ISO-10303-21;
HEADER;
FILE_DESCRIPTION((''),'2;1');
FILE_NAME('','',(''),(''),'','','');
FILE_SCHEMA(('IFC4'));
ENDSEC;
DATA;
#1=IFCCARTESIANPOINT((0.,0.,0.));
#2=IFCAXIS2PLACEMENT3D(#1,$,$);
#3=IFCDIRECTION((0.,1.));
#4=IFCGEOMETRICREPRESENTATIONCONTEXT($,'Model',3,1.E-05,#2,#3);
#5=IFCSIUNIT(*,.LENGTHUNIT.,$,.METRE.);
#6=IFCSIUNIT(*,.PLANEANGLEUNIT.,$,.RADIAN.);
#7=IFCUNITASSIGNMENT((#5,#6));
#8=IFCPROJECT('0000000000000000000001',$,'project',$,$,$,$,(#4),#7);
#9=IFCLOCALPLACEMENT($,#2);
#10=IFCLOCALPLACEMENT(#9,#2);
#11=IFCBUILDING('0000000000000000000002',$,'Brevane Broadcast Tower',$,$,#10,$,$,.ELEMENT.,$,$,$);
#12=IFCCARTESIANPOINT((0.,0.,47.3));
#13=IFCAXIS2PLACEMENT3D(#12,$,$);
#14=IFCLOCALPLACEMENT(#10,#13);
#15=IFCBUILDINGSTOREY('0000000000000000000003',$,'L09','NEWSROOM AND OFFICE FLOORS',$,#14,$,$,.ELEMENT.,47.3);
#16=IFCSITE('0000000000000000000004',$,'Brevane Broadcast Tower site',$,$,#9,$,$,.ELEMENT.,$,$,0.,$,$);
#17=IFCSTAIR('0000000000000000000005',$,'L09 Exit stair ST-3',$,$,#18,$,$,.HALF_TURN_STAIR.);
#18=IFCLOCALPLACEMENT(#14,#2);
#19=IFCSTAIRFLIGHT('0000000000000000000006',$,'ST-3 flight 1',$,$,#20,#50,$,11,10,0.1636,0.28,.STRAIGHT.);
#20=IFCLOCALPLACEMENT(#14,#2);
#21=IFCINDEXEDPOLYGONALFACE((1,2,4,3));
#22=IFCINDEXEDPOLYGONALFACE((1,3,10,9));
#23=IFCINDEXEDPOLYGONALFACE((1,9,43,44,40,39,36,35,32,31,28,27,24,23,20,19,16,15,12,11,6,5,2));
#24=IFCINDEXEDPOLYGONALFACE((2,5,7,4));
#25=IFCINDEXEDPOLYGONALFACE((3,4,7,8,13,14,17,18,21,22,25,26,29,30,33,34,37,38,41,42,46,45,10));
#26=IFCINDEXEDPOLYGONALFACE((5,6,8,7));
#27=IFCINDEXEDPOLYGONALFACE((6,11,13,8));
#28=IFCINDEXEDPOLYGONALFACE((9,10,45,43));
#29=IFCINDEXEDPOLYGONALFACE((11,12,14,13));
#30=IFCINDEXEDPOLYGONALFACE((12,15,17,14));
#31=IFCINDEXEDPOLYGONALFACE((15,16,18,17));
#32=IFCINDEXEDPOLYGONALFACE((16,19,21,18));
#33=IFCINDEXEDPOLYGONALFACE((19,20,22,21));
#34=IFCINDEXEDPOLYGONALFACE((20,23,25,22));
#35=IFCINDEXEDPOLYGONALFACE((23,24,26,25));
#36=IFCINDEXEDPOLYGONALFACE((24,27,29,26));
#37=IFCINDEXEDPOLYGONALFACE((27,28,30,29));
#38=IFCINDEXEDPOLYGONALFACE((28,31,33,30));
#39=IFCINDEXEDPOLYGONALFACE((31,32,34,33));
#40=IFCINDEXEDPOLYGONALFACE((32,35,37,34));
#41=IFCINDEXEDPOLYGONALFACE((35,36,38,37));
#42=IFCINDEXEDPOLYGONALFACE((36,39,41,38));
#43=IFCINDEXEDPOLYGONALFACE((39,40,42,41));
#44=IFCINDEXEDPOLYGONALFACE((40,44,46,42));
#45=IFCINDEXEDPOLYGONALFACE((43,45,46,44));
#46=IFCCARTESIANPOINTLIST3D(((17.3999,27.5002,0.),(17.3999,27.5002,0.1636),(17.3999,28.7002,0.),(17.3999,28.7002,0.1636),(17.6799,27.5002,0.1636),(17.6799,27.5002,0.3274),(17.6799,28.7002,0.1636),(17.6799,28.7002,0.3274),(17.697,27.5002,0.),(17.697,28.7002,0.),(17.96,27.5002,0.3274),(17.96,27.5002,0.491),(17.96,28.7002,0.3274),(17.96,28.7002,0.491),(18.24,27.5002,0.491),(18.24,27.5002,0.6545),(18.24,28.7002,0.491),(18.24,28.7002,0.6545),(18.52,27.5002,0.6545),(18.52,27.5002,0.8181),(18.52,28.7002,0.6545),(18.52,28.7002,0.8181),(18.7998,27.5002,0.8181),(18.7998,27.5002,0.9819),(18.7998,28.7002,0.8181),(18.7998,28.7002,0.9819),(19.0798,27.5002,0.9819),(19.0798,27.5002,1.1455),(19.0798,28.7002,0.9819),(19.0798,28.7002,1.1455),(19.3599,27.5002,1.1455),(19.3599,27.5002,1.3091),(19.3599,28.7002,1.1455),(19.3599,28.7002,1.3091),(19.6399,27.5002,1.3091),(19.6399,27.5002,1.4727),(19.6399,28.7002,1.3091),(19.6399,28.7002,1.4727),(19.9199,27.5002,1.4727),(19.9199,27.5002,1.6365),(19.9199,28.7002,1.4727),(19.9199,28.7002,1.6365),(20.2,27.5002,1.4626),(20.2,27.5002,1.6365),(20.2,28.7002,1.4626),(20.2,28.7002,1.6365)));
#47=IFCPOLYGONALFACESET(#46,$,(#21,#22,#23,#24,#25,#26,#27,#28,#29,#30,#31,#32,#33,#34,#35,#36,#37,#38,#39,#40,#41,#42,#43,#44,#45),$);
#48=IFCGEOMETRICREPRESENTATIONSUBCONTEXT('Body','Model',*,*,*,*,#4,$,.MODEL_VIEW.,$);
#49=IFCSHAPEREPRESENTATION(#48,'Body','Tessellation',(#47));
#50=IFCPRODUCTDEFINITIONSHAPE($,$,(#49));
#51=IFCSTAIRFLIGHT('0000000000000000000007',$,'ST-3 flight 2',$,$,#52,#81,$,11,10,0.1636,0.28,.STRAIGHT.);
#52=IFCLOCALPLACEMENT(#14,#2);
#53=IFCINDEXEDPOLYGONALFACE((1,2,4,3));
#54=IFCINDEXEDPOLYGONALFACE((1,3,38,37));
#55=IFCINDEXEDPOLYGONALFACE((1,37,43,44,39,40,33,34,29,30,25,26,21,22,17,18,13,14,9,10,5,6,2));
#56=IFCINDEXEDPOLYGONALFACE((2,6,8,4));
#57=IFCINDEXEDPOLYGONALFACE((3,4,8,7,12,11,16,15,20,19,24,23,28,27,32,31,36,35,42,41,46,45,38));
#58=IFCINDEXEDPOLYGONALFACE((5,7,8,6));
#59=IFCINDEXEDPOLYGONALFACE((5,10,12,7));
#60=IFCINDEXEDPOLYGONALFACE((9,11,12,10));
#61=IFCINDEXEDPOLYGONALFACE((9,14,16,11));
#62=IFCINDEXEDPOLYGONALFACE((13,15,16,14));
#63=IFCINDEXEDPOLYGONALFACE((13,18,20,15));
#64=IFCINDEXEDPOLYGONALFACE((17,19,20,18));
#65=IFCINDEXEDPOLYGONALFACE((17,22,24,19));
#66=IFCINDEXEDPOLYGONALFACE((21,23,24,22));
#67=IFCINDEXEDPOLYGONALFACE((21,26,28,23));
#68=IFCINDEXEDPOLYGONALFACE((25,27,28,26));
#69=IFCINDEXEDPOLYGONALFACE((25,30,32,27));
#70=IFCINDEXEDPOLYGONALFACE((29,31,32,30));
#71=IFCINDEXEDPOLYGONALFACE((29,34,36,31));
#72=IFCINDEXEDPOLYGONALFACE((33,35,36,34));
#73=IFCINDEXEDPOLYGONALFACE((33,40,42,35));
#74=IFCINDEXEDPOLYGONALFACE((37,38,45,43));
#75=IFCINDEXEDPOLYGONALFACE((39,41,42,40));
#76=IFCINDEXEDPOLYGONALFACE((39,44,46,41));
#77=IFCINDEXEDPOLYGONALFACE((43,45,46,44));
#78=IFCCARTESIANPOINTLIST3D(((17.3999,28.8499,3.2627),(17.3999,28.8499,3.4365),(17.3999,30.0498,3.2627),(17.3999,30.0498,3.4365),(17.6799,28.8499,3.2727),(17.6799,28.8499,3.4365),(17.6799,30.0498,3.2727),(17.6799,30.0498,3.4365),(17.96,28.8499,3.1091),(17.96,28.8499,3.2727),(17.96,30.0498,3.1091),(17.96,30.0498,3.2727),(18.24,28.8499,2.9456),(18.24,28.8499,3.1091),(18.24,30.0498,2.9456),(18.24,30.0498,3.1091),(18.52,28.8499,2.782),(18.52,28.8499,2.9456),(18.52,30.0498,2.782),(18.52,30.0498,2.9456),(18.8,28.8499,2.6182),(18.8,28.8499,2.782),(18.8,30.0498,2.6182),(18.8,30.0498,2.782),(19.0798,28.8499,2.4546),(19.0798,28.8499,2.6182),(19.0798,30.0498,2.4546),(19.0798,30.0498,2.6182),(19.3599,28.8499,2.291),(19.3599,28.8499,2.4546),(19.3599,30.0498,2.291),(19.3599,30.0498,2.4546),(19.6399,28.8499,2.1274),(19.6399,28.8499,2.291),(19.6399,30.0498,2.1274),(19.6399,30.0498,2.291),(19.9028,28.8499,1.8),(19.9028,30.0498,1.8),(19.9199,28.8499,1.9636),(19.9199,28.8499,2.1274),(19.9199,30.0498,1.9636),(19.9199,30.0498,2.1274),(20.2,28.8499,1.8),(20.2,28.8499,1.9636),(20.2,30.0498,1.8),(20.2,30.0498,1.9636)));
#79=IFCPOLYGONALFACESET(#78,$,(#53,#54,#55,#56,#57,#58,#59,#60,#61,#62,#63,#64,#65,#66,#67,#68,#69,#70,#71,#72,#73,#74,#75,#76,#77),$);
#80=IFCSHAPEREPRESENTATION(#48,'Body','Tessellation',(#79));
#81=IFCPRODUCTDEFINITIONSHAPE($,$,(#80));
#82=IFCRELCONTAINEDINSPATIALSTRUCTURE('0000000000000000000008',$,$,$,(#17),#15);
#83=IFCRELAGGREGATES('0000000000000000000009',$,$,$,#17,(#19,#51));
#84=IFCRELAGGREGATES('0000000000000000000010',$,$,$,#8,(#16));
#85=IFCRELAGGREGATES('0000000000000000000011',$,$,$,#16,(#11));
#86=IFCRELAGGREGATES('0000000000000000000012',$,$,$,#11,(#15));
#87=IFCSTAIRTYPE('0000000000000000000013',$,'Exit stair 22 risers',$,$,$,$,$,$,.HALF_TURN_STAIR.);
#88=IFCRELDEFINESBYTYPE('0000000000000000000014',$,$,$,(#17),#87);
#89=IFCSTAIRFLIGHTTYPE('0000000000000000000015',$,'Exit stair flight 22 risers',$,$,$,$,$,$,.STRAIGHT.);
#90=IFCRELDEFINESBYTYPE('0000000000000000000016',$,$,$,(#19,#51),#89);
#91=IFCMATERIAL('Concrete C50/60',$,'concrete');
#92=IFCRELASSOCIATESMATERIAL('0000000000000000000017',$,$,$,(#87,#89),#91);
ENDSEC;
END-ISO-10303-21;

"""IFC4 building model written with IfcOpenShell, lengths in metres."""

from ifc_helpers import new_model, si_unit, direction, frame, origin, place, context, subcontext, project, spatial, polyline, outline, extrude, material, type_object, element, aggregate, save


model = new_model("IFC4")

# Units and contexts
model_context = context("Model", 3, precision=1e-05, world=origin(), true_north=direction((0.0, 1.0)))
body_context = subcontext(model_context, "Body", "Model", "MODEL_VIEW")
ifc_project = project(units=[si_unit("LENGTHUNIT", "METRE"), si_unit("PLANEANGLEUNIT", "RADIAN")], contexts=[model_context])

# Site, building, storey
site_placement = place(None, origin())
site = spatial("IfcSite", under=ifc_project, at=site_placement, Name="Brevane Broadcast Tower site", CompositionType="ELEMENT", RefElevation=0.0)
building_placement = place(site_placement, origin())
building = spatial("IfcBuilding", under=site, at=building_placement, Name="Brevane Broadcast Tower", CompositionType="ELEMENT")
storey_placement = place(building_placement, frame((0.0, 0.0, 47.3)))
storey = spatial("IfcBuildingStorey", under=building, at=storey_placement, Name="L09", Description="NEWSROOM AND OFFICE FLOORS", CompositionType="ELEMENT", Elevation=47.3)

# Stair, stair flights
ifc_material_1 = material(Name="Concrete C50/60", Category="concrete")
stair_type = type_object("IfcStairType", Name="Exit stair 22 risers", PredefinedType="HALF_TURN_STAIR", material=ifc_material_1)
stair_placement = place(storey_placement, origin())
stair = element("IfcStair", 1, at=stair_placement, inside=storey, type_object=stair_type, Name="L09 Exit stair ST-3", PredefinedType="HALF_TURN_STAIR")
stair_flight_type = type_object("IfcStairFlightType", Name="Exit stair flight 22 risers", PredefinedType="STRAIGHT", material=ifc_material_1)
stair_flight_1_placement = place(storey_placement, frame((17.3999, 28.1001, 0.0), z_axis=(0.0, 0.0, 1.0), x_axis=(1.0, 0.0, 0.0)))
stair_flight_1 = element("IfcStairFlight", 2, at=stair_flight_1_placement, type_object=stair_flight_type, Name="ST-3 flight 1", NumberOfRisers=11, NumberOfTreads=10, PredefinedType="STRAIGHT", RiserHeight=0.1636, TreadLength=0.28, context=body_context, shape_type="SweptSolid", body=[
    extrude(outline(polyline([(0.0, 0.0), (0.0, 0.1636), (0.28, 0.1636), (0.28, 0.3274), (0.5601, 0.3274), (0.5601, 0.491), (0.8401, 0.491), (0.8401, 0.6545), (1.1201, 0.6545), (1.1201, 0.8181), (1.3999, 0.8181), (1.3999, 0.9819), (1.6799, 0.9819), (1.6799, 1.1455), (1.96, 1.1455), (1.96, 1.3091), (2.24, 1.3091), (2.24, 1.4727), (2.52, 1.4727), (2.52, 1.6365), (2.8, 1.6365), (2.8, 1.8), (2.8, 1.4626), (0.2971, 0.0), (0.0, 0.0)])), frame((0.0, 0.6001, 0.0), z_axis=(0.0, -1.0, 0.0), x_axis=(1.0, 0.0, 0.0)), (0.0, 0.0, 1.0), 1.2),
])
stair_flight_2_placement = place(storey_placement, frame((20.2, 29.45, 1.8), z_axis=(0.0, 0.0, 1.0), x_axis=(-1.0, 0.0, 0.0)))
stair_flight_2 = element("IfcStairFlight", 3, at=stair_flight_2_placement, type_object=stair_flight_type, Name="ST-3 flight 2", NumberOfRisers=11, NumberOfTreads=10, PredefinedType="STRAIGHT", RiserHeight=0.1636, TreadLength=0.28, context=body_context, shape_type="SweptSolid", body=[
    extrude(outline(polyline([(0.0, 0.0), (0.0, 0.1636), (0.28, 0.1636), (0.28, 0.3274), (0.5601, 0.3274), (0.5601, 0.491), (0.8401, 0.491), (0.8401, 0.6545), (1.1201, 0.6545), (1.1201, 0.8181), (1.3999, 0.8181), (1.3999, 0.9819), (1.6799, 0.9819), (1.6799, 1.1455), (1.96, 1.1455), (1.96, 1.3091), (2.24, 1.3091), (2.24, 1.4727), (2.52, 1.4727), (2.52, 1.6365), (2.8, 1.6365), (2.8, 1.8), (2.8, 1.4626), (0.2971, 0.0), (0.0, 0.0)])), frame((0.0, 0.6001, 0.0), z_axis=(0.0, -1.0, 0.0), x_axis=(1.0, 0.0, 0.0)), (0.0, 0.0, 1.0), 1.2),
])
aggregate(stair, [stair_flight_1, stair_flight_2])

save(model, "model.ifc")
